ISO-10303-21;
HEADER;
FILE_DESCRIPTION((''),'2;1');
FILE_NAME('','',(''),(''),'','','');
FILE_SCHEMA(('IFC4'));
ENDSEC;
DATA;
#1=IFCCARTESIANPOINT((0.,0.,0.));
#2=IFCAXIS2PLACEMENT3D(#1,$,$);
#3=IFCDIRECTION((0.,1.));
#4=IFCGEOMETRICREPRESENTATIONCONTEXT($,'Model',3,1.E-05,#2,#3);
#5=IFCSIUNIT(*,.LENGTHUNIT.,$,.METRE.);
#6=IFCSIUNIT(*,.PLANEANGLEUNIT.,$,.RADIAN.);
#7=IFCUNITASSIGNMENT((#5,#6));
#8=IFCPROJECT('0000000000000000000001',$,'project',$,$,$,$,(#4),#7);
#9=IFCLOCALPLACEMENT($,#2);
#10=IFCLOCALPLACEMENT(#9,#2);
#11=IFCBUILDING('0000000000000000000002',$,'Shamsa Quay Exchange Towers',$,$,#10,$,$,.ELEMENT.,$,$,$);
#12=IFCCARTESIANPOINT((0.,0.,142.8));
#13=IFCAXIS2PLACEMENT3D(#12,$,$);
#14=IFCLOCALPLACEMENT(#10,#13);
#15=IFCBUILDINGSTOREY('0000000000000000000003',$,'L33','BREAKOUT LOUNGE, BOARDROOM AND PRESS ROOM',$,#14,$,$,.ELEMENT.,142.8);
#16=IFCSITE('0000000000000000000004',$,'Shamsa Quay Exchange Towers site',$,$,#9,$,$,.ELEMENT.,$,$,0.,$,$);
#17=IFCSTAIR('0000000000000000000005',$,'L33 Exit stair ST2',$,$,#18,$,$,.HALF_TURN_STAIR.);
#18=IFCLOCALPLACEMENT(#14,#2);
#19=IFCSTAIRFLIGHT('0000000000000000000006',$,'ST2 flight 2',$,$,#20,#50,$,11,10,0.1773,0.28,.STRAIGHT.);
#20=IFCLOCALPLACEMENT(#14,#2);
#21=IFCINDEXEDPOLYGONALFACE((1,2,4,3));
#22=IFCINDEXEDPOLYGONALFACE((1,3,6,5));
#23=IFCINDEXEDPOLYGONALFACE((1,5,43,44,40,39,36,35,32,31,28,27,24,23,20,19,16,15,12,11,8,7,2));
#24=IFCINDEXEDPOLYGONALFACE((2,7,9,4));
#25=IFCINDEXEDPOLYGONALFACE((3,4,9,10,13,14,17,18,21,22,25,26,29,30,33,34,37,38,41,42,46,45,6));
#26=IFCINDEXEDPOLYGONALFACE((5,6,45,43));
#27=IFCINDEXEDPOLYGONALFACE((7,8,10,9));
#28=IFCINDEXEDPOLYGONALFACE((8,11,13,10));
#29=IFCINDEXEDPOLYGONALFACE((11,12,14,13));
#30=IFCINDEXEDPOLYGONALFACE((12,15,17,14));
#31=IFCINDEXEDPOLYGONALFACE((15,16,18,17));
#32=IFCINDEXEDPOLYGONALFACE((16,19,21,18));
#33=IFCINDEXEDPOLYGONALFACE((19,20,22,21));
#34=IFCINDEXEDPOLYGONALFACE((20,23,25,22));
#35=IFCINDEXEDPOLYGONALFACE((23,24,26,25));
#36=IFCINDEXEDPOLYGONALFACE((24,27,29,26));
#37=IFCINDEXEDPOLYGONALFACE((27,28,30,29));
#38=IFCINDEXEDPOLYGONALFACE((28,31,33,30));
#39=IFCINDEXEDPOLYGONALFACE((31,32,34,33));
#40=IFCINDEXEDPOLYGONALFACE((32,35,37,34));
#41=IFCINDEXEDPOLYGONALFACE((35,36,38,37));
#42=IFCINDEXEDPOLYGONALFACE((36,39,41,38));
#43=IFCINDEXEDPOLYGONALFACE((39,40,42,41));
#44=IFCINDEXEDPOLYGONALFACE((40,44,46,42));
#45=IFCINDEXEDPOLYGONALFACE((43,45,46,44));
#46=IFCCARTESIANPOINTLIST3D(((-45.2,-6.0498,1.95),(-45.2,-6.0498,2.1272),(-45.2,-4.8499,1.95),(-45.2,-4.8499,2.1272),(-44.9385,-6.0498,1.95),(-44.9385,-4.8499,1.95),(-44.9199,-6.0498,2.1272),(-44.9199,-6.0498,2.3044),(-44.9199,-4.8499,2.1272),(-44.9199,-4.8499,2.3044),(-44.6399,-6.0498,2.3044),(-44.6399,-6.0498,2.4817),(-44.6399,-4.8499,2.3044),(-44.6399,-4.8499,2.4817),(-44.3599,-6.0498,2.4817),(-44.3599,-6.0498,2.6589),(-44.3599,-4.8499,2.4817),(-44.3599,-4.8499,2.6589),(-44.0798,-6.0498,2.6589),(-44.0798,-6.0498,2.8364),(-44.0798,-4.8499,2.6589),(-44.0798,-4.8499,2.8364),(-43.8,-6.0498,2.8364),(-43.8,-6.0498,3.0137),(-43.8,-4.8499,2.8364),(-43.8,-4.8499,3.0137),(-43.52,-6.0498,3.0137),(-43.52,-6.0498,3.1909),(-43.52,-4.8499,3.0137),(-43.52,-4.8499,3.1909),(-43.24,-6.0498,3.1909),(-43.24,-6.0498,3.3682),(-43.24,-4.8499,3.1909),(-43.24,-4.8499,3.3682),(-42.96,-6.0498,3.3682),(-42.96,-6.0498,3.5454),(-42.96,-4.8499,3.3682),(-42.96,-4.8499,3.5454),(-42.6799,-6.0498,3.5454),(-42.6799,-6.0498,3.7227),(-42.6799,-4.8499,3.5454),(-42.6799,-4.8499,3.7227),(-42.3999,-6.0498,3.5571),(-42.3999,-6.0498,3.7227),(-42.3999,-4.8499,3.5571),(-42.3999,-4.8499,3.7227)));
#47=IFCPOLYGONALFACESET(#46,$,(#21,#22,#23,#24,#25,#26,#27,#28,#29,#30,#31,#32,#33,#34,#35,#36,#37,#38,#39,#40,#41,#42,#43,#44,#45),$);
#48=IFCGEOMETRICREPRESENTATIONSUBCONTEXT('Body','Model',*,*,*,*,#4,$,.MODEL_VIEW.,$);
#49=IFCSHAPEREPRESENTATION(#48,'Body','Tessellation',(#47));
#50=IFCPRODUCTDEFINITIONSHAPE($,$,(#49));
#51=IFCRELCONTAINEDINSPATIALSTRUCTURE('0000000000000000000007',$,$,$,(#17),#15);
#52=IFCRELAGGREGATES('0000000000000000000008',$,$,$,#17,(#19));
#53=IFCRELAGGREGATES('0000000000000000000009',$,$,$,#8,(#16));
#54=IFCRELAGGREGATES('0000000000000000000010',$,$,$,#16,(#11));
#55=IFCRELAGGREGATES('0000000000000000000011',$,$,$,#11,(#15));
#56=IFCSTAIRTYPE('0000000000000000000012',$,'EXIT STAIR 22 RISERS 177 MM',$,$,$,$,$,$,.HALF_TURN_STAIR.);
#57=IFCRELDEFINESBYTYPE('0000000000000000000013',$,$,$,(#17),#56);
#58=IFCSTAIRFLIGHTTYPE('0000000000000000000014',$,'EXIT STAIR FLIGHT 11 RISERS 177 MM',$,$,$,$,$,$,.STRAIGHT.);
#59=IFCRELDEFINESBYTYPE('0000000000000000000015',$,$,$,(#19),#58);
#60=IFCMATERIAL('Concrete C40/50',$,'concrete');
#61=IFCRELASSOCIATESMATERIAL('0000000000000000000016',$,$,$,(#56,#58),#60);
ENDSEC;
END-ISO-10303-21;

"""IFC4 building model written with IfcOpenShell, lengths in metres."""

from ifc_helpers import new_model, si_unit, direction, frame, origin, place, context, subcontext, project, spatial, polyline, outline, extrude, material, type_object, element, aggregate, save


model = new_model("IFC4")

# Units and contexts
model_context = context("Model", 3, precision=1e-05, world=origin(), true_north=direction((0.0, 1.0)))
body_context = subcontext(model_context, "Body", "Model", "MODEL_VIEW")
ifc_project = project(units=[si_unit("LENGTHUNIT", "METRE"), si_unit("PLANEANGLEUNIT", "RADIAN")], contexts=[model_context])

# Site, building, storey
site_placement = place(None, origin())
site = spatial("IfcSite", under=ifc_project, at=site_placement, Name="Shamsa Quay Exchange Towers site", CompositionType="ELEMENT", RefElevation=0.0)
building_placement = place(site_placement, origin())
building = spatial("IfcBuilding", under=site, at=building_placement, Name="Shamsa Quay Exchange Towers", CompositionType="ELEMENT")
storey_placement = place(building_placement, frame((0.0, 0.0, 142.8)))
storey = spatial("IfcBuildingStorey", under=building, at=storey_placement, Name="L33", Description="BREAKOUT LOUNGE, BOARDROOM AND PRESS ROOM", CompositionType="ELEMENT", Elevation=142.8)

# Stair, stair flight
ifc_material_1 = material(Name="Concrete C40/50", Category="concrete")
stair_type = type_object("IfcStairType", Name="EXIT STAIR 22 RISERS 177 MM", PredefinedType="HALF_TURN_STAIR", material=ifc_material_1)
stair_placement = place(storey_placement, origin())
stair = element("IfcStair", 1, at=stair_placement, inside=storey, type_object=stair_type, Name="L33 Exit stair ST2", PredefinedType="HALF_TURN_STAIR")
stair_flight_type = type_object("IfcStairFlightType", Name="EXIT STAIR FLIGHT 11 RISERS 177 MM", PredefinedType="STRAIGHT", material=ifc_material_1)
stair_flight_1_placement = place(storey_placement, frame((-45.2, -5.45, 1.95)))
stair_flight_1 = element("IfcStairFlight", 2, at=stair_flight_1_placement, type_object=stair_flight_type, Name="ST2 flight 2", NumberOfRisers=11, NumberOfTreads=10, PredefinedType="STRAIGHT", RiserHeight=0.1773, TreadLength=0.28, context=body_context, shape_type="SweptSolid", body=[
    extrude(outline(polyline([(0.0, 0.0), (0.0, 0.1772), (0.28, 0.1772), (0.28, 0.3545), (0.5601, 0.3545), (0.5601, 0.5317), (0.8401, 0.5317), (0.8401, 0.709), (1.1201, 0.709), (1.1201, 0.8865), (1.3999, 0.8865), (1.3999, 1.0637), (1.6799, 1.0637), (1.6799, 1.241), (1.96, 1.241), (1.96, 1.4182), (2.24, 1.4182), (2.24, 1.5955), (2.52, 1.5955), (2.52, 1.7727), (2.8, 1.7727), (2.8, 1.95), (2.8, 1.6072), (0.2615, 0.0), (0.0, 0.0)])), frame((0.0, 0.6001, 0.0), z_axis=(0.0, -1.0, 0.0), x_axis=(1.0, 0.0, 0.0)), (0.0, 0.0, 1.0), 1.2),
])
aggregate(stair, [stair_flight_1])

save(model, "model.ifc")
